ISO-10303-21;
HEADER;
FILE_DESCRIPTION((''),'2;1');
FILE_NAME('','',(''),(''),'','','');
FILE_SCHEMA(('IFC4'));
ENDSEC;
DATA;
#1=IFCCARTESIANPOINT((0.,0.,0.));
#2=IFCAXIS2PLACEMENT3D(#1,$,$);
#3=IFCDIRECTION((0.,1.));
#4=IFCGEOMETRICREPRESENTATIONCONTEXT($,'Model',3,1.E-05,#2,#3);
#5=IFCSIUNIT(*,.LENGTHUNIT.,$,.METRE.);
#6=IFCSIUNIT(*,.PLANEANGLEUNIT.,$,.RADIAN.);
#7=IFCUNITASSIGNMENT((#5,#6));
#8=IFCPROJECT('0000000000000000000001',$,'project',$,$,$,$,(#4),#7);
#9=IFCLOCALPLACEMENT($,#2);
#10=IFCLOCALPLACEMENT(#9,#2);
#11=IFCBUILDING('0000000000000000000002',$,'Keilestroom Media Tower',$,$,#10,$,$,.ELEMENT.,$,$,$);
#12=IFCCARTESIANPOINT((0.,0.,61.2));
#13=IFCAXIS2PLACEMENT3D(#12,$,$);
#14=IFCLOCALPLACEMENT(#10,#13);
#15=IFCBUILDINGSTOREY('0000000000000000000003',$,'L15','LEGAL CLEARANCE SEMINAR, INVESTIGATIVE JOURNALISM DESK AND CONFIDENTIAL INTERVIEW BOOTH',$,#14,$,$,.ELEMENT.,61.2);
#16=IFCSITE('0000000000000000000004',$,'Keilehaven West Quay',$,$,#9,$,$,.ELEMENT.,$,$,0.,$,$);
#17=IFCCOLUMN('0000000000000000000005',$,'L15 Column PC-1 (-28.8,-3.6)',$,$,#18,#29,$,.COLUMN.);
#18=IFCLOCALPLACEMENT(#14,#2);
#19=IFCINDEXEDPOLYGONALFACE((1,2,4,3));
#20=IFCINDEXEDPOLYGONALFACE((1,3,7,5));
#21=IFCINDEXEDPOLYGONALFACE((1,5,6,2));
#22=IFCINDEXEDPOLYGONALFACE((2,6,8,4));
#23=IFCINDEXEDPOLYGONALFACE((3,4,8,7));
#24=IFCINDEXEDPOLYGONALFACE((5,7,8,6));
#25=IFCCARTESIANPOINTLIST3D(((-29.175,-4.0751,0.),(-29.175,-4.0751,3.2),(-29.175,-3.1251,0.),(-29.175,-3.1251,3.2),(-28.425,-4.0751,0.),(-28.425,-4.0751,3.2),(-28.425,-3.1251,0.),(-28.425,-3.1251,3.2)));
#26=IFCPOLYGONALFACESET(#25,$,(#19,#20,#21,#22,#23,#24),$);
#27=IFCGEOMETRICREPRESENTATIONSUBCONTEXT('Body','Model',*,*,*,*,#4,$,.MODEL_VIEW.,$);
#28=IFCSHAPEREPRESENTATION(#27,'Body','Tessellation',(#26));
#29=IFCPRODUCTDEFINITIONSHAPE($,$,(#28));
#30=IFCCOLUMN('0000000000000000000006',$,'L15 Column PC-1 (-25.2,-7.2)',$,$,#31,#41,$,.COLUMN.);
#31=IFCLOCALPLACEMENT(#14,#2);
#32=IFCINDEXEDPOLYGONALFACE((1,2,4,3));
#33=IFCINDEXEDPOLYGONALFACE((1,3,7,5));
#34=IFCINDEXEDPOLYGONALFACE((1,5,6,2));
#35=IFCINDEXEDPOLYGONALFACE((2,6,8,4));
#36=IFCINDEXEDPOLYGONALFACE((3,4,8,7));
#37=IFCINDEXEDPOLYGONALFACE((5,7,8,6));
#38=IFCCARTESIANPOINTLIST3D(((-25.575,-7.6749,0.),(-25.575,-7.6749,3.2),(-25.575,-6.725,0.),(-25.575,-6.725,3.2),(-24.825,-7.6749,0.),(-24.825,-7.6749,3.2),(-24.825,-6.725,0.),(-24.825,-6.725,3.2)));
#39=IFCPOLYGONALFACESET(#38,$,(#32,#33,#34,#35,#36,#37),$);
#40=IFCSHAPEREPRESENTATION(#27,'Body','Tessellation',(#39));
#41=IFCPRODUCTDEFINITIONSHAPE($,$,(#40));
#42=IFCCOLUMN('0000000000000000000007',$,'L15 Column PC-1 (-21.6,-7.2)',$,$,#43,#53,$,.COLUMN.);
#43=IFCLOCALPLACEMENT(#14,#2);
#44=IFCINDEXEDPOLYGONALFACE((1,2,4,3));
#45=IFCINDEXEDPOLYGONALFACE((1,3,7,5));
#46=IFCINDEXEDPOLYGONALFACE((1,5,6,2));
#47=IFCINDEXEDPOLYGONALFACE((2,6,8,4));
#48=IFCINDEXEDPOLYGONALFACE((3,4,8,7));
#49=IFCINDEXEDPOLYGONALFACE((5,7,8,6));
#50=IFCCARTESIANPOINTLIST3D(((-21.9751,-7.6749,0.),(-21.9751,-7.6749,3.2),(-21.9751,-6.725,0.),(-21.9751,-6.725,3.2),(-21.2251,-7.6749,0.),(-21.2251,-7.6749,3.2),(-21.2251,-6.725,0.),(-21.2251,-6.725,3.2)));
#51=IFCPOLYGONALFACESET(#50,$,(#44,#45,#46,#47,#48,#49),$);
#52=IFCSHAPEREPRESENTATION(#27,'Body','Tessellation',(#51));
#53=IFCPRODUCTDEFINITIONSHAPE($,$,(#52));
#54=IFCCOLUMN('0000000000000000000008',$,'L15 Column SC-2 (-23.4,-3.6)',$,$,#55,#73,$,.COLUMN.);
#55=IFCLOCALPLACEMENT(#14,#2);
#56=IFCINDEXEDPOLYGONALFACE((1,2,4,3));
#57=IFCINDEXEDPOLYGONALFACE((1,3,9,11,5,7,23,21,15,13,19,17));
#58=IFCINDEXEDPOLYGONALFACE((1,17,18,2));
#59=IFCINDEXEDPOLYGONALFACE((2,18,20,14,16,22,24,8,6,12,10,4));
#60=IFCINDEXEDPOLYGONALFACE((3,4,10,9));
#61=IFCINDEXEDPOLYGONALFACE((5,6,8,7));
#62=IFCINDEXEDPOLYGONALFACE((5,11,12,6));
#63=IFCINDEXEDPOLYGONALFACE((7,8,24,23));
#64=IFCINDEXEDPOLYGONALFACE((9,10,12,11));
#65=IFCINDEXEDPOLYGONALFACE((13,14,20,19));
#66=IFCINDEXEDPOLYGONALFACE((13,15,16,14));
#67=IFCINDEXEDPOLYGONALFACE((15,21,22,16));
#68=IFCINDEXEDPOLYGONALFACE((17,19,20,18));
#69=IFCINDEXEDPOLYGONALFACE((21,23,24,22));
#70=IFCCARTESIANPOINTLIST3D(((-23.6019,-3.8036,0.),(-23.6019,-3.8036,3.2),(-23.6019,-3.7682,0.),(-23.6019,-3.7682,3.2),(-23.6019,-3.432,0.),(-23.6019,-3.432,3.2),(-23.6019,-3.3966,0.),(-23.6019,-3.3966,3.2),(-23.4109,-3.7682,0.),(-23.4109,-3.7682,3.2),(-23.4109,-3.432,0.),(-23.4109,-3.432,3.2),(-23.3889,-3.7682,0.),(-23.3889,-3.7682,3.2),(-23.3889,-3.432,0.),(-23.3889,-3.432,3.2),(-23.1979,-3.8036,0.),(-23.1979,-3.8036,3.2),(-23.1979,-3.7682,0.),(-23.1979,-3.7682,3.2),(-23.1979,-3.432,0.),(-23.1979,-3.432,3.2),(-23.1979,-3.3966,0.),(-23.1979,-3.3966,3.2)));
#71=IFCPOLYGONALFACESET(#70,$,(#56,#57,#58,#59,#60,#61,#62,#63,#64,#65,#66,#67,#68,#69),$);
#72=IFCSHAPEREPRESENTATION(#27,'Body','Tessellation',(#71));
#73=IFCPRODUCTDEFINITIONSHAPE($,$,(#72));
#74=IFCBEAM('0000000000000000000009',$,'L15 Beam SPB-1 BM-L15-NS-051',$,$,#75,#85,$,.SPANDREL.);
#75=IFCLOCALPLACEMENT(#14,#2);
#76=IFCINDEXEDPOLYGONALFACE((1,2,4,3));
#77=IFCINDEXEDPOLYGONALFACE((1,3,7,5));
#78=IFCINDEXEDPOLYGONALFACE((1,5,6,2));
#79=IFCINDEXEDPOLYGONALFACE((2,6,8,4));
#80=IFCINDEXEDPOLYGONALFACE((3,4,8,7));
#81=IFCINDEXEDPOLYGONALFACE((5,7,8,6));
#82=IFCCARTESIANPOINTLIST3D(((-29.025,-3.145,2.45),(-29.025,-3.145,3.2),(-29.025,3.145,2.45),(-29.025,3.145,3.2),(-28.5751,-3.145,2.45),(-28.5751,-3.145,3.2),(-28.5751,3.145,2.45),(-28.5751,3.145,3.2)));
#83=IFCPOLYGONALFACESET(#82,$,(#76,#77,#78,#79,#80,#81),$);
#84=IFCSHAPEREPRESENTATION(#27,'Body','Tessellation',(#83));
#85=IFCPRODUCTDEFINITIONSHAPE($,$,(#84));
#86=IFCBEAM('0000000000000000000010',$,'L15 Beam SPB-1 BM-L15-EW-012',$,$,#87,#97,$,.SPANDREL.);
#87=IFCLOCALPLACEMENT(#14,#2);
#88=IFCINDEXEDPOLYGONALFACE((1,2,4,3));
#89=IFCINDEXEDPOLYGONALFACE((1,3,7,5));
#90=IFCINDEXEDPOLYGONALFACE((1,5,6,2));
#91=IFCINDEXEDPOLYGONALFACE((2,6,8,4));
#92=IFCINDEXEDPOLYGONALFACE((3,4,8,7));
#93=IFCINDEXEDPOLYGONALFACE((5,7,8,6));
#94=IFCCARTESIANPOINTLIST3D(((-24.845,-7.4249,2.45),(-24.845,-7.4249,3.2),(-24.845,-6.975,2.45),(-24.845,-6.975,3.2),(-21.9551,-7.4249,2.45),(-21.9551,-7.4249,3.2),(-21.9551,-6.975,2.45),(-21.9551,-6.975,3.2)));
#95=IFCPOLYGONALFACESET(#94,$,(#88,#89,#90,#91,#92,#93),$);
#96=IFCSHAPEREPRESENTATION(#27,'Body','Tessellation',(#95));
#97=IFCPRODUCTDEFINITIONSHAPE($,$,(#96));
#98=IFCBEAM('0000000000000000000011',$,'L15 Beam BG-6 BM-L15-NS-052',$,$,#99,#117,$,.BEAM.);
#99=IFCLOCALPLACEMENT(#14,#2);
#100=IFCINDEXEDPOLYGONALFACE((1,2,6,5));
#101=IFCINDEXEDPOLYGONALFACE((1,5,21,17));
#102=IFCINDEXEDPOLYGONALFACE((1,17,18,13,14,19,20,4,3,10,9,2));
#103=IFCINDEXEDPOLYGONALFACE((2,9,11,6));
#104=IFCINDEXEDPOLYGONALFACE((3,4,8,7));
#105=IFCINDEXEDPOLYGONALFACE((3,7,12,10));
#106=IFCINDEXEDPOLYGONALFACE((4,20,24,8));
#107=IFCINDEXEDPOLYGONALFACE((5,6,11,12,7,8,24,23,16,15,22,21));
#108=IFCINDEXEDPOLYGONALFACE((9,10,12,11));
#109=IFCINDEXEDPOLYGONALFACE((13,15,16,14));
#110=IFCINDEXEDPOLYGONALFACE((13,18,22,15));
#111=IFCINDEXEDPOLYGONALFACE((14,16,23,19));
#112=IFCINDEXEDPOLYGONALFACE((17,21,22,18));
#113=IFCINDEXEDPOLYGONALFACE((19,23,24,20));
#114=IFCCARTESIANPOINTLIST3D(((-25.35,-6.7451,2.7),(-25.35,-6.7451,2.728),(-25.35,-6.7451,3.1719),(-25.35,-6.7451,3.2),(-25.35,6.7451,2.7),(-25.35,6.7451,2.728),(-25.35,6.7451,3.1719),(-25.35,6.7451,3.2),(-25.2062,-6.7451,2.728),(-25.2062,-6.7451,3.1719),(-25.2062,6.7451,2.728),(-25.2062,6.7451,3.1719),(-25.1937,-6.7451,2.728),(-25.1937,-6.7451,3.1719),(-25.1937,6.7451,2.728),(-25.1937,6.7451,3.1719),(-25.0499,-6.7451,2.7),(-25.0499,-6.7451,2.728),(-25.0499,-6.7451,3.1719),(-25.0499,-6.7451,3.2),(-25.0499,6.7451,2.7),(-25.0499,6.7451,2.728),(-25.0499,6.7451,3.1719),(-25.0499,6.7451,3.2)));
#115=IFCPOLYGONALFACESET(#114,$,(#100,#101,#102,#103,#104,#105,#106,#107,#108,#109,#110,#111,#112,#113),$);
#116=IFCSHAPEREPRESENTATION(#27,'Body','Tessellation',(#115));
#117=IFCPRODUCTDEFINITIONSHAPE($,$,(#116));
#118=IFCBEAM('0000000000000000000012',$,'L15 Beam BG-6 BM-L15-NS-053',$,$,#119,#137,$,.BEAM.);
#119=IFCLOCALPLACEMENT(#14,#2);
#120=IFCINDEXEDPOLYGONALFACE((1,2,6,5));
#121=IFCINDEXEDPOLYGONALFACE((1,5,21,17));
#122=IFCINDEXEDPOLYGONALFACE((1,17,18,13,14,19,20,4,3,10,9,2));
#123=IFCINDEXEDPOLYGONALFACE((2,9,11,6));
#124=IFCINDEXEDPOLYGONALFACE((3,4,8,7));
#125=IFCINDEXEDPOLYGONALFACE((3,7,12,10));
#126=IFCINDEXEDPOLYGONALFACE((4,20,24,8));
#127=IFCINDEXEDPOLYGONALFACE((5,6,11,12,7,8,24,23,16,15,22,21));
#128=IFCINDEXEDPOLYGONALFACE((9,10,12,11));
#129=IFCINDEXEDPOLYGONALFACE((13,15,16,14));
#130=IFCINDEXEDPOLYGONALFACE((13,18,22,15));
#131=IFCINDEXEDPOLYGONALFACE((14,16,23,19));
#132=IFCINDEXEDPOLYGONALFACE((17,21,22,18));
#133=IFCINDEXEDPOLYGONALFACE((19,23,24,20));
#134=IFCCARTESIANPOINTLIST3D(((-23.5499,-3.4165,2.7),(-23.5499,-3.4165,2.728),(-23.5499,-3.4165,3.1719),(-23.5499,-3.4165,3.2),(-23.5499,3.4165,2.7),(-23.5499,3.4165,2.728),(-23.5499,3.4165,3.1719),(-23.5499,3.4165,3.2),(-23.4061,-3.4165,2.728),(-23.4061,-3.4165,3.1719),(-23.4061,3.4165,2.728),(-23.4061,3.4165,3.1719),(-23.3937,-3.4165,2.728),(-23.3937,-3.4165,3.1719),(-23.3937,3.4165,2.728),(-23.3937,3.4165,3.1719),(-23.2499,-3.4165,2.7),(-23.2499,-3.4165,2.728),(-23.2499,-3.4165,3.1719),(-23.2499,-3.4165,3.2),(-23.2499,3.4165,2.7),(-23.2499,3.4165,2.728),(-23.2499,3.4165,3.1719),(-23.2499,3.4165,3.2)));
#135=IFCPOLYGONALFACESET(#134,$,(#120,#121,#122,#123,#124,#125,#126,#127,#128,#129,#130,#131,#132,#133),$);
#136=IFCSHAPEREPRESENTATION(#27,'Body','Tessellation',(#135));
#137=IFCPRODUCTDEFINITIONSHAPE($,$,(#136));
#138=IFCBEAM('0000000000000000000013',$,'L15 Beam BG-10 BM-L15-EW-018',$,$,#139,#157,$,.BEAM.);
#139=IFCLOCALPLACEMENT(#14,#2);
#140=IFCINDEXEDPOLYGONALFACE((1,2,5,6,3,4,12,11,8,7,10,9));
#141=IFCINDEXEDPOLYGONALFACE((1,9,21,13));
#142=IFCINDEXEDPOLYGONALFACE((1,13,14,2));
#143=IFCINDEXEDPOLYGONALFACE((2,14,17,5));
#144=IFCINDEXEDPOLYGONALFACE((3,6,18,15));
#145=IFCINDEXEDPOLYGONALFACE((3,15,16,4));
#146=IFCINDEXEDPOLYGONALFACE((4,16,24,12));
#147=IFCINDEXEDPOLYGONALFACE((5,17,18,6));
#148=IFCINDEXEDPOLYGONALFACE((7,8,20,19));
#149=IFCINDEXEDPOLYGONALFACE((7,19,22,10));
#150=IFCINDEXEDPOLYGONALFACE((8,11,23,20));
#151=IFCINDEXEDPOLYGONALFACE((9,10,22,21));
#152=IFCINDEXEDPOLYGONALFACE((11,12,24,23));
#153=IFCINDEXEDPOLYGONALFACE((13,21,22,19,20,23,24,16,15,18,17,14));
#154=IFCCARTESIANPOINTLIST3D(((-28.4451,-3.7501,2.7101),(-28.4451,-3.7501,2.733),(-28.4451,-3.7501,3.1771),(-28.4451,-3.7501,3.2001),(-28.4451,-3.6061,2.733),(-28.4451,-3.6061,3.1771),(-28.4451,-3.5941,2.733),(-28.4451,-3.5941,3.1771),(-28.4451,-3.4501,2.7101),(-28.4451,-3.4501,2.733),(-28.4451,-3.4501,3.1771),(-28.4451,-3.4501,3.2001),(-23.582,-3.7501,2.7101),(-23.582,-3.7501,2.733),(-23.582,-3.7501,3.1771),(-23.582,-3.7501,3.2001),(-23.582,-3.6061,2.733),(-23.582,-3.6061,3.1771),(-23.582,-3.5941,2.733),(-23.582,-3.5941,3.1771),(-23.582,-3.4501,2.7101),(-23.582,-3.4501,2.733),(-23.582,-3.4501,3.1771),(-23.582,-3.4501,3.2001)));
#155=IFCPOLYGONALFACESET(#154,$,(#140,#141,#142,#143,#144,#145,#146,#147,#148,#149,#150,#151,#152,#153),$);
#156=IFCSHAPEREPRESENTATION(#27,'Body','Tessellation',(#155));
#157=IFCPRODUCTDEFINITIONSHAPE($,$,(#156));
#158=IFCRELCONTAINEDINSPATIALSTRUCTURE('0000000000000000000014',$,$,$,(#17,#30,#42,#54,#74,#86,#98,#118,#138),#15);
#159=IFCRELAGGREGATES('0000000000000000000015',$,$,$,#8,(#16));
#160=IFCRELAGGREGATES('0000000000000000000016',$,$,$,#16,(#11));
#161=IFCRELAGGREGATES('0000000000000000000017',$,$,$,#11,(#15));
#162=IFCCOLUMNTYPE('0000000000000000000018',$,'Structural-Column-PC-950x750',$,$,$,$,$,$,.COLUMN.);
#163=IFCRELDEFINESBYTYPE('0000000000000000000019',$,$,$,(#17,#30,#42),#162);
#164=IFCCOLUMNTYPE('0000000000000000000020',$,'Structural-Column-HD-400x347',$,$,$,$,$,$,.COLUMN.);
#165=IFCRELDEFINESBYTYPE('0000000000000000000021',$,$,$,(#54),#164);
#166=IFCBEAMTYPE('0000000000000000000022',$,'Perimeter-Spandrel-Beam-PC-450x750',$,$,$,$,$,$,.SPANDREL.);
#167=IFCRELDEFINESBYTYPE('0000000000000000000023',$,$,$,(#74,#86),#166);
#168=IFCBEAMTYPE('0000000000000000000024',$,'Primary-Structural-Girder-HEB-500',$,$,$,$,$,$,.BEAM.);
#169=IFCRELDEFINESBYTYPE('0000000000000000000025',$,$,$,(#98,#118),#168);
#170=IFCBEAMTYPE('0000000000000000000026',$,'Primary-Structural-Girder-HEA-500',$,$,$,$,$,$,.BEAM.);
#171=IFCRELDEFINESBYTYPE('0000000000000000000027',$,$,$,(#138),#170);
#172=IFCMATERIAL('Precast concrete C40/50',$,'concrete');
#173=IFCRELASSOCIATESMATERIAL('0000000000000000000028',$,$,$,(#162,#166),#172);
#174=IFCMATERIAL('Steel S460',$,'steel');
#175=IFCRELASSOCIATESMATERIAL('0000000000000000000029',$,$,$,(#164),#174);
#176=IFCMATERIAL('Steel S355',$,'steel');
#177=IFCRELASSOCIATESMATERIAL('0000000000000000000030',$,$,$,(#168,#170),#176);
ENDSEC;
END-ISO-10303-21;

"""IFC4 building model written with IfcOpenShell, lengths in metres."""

from ifc_helpers import new_model, si_unit, direction, frame, origin, origin_2d, place, context, subcontext, project, spatial, rectangle, i_section, extrude, source, transform, mapped, material, material_profile, profile_set, type_object, element, save


model = new_model("IFC4")

# Units and contexts
model_context = context("Model", 3, precision=1e-05, world=origin(), true_north=direction((0.0, 1.0)))
body_context = subcontext(model_context, "Body", "Model", "MODEL_VIEW")
ifc_project = project(units=[si_unit("LENGTHUNIT", "METRE"), si_unit("PLANEANGLEUNIT", "RADIAN")], contexts=[model_context])

# Site, building, storey
site_placement = place(None, origin())
site = spatial("IfcSite", under=ifc_project, at=site_placement, Name="Keilehaven West Quay", CompositionType="ELEMENT", RefElevation=0.0)
building_placement = place(site_placement, origin())
building = spatial("IfcBuilding", under=site, at=building_placement, Name="Keilestroom Media Tower", CompositionType="ELEMENT")
storey_placement = place(building_placement, frame((0.0, 0.0, 61.2)))
storey = spatial("IfcBuildingStorey", under=building, at=storey_placement, Name="L15", Description="LEGAL CLEARANCE SEMINAR, INVESTIGATIVE JOURNALISM DESK AND CONFIDENTIAL INTERVIEW BOOTH", CompositionType="ELEMENT", Elevation=61.2)

# Columns
ifc_material_1 = material(Name="Precast concrete C40/50", Category="concrete")
ifc_material_profile_1 = material_profile(ifc_material_1, rectangle(XDim=0.75, YDim=0.95, at=origin_2d()), Name="PC 950x750")
ifc_profile_set_1 = profile_set([ifc_material_profile_1], Name="Precast concrete C40/50")
column_type_1 = type_object("IfcColumnType", Name="Structural-Column-PC-950x750", PredefinedType="COLUMN", material=ifc_profile_set_1)
shared_shape_1 = source(origin(), body_context, "Body", "SweptSolid", [
    extrude(rectangle(XDim=0.75, YDim=0.95, at=origin_2d()), origin(), (0.0, 0.0, 1.0), 3.2),
])
for number, where, z_axis, x_axis, name in (
    (1, (-28.8, -3.6001, 0.0), (0.0, 0.0, 1.0), (1.0, 0.0, 0.0), "L15 Column PC-1 (-28.8,-3.6)"),
    (2, (-25.2, -7.2, 0.0), (0.0, 0.0, 1.0), (1.0, 0.0, 0.0), "L15 Column PC-1 (-25.2,-7.2)"),
    (3, (-21.6001, -7.2, 0.0), (0.0, 0.0, 1.0), (1.0, 0.0, 0.0), "L15 Column PC-1 (-21.6,-7.2)"),
):
    element("IfcColumn", number, at=place(storey_placement, frame(where, z_axis=z_axis, x_axis=x_axis)), inside=storey, type_object=column_type_1, Name=name, PredefinedType="COLUMN", context=body_context, shape_type="MappedRepresentation", body=[
        mapped(shared_shape_1, transform((0.0, 0.0, 0.0), x_axis=(1.0, 0.0, 0.0), y_axis=(0.0, 1.0, 0.0), z_axis=(0.0, 0.0, 1.0), scale=1.0)),
    ])
ifc_material_2 = material(Name="Steel S460", Category="steel")
ifc_material_profile_2 = material_profile(ifc_material_2, i_section(OverallWidth=0.4041, OverallDepth=0.407, WebThickness=0.022, FlangeThickness=0.0354, at=origin_2d()), Name="HD 400x347")
ifc_profile_set_2 = profile_set([ifc_material_profile_2], Name="Steel S460")
column_type_2 = type_object("IfcColumnType", Name="Structural-Column-HD-400x347", PredefinedType="COLUMN", material=ifc_profile_set_2)
shared_shape_2 = source(origin(), body_context, "Body", "SweptSolid", [
    extrude(i_section(OverallWidth=0.4041, OverallDepth=0.407, WebThickness=0.022, FlangeThickness=0.0354, at=origin_2d()), origin(), (0.0, 0.0, 1.0), 3.2),
])
column_placement = place(storey_placement, frame((-23.3999, -3.6001, 0.0), z_axis=(0.0, 0.0, 1.0), x_axis=(1.0, 0.0, 0.0)))
element("IfcColumn", 4, at=column_placement, inside=storey, type_object=column_type_2, Name="L15 Column SC-2 (-23.4,-3.6)", PredefinedType="COLUMN", context=body_context, shape_type="MappedRepresentation", body=[
    mapped(shared_shape_2, transform((0.0, 0.0, 0.0), x_axis=(1.0, 0.0, 0.0), y_axis=(0.0, 1.0, 0.0), z_axis=(0.0, 0.0, 1.0), scale=1.0)),
])

# Beams
ifc_material_profile_3 = material_profile(ifc_material_1, rectangle(XDim=0.45, YDim=0.75, at=origin_2d()), Name="PC 450x750")
ifc_profile_set_3 = profile_set([ifc_material_profile_3], Name="Precast concrete C40/50")
beam_type_1 = type_object("IfcBeamType", Name="Perimeter-Spandrel-Beam-PC-450x750", PredefinedType="SPANDREL", material=ifc_profile_set_3)
shared_shape_3 = source(origin(), body_context, "Body", "SweptSolid", [
    extrude(rectangle(XDim=0.45, YDim=0.75, at=origin_2d()), origin(), (0.0, 0.0, 1.0), 6.29),
])
beam_1_placement = place(storey_placement, frame((-28.8, -3.145, 2.825), z_axis=(0.0, 1.0, 0.0), x_axis=(-1.0, 0.0, 0.0)))
element("IfcBeam", 5, at=beam_1_placement, inside=storey, type_object=beam_type_1, Name="L15 Beam SPB-1 BM-L15-NS-051", PredefinedType="SPANDREL", context=body_context, shape_type="MappedRepresentation", body=[
    mapped(shared_shape_3, transform((0.0, 0.0, 0.0), x_axis=(1.0, 0.0, 0.0), y_axis=(0.0, 1.0, 0.0), z_axis=(0.0, 0.0, 1.0), scale=1.0)),
])
shared_shape_4 = source(origin(), body_context, "Body", "SweptSolid", [
    extrude(rectangle(XDim=0.45, YDim=0.75, at=origin_2d()), origin(), (0.0, 0.0, 1.0), 2.8899),
])
beam_2_placement = place(storey_placement, frame((-24.845, -7.2, 2.825), z_axis=(1.0, 0.0, 0.0), x_axis=(0.0, 1.0, 0.0)))
element("IfcBeam", 6, at=beam_2_placement, inside=storey, type_object=beam_type_1, Name="L15 Beam SPB-1 BM-L15-EW-012", PredefinedType="SPANDREL", context=body_context, shape_type="MappedRepresentation", body=[
    mapped(shared_shape_4, transform((0.0, 0.0, 0.0), x_axis=(1.0, 0.0, 0.0), y_axis=(0.0, 1.0, 0.0), z_axis=(0.0, 0.0, 1.0), scale=1.0)),
])
ifc_material_3 = material(Name="Steel S355", Category="steel")
ifc_material_profile_4 = material_profile(ifc_material_3, i_section(OverallWidth=0.3, OverallDepth=0.5, WebThickness=0.0125, FlangeThickness=0.0281, at=origin_2d()), Name="HEB 500")
ifc_profile_set_4 = profile_set([ifc_material_profile_4], Name="Steel S355")
beam_type_2 = type_object("IfcBeamType", Name="Primary-Structural-Girder-HEB-500", PredefinedType="BEAM", material=ifc_profile_set_4)
shared_shape_5 = source(origin(), body_context, "Body", "SweptSolid", [
    extrude(i_section(OverallWidth=0.3, OverallDepth=0.5, WebThickness=0.0125, FlangeThickness=0.0281, at=origin_2d()), origin(), (0.0, 0.0, 1.0), 13.4902),
])
beam_3_placement = place(storey_placement, frame((-25.2, -6.7451, 2.95), z_axis=(0.0, 1.0, 0.0), x_axis=(-1.0, 0.0, 0.0)))
element("IfcBeam", 7, at=beam_3_placement, inside=storey, type_object=beam_type_2, Name="L15 Beam BG-6 BM-L15-NS-052", PredefinedType="BEAM", context=body_context, shape_type="MappedRepresentation", body=[
    mapped(shared_shape_5, transform((0.0, 0.0, 0.0), x_axis=(1.0, 0.0, 0.0), y_axis=(0.0, 1.0, 0.0), z_axis=(0.0, 0.0, 1.0), scale=1.0)),
])
shared_shape_6 = source(origin(), body_context, "Body", "SweptSolid", [
    extrude(i_section(OverallWidth=0.3, OverallDepth=0.5, WebThickness=0.0125, FlangeThickness=0.0281, at=origin_2d()), origin(), (0.0, 0.0, 1.0), 6.833),
])
beam_4_placement = place(storey_placement, frame((-23.3999, -3.4165, 2.95), z_axis=(0.0, 1.0, 0.0), x_axis=(-1.0, 0.0, 0.0)))
element("IfcBeam", 8, at=beam_4_placement, inside=storey, type_object=beam_type_2, Name="L15 Beam BG-6 BM-L15-NS-053", PredefinedType="BEAM", context=body_context, shape_type="MappedRepresentation", body=[
    mapped(shared_shape_6, transform((0.0, 0.0, 0.0), x_axis=(1.0, 0.0, 0.0), y_axis=(0.0, 1.0, 0.0), z_axis=(0.0, 0.0, 1.0), scale=1.0)),
])
ifc_material_profile_5 = material_profile(ifc_material_3, i_section(OverallWidth=0.3, OverallDepth=0.49, WebThickness=0.012, FlangeThickness=0.0229, at=origin_2d()), Name="HEA 500")
ifc_profile_set_5 = profile_set([ifc_material_profile_5], Name="Steel S355")
beam_type_3 = type_object("IfcBeamType", Name="Primary-Structural-Girder-HEA-500", PredefinedType="BEAM", material=ifc_profile_set_5)
shared_shape_7 = source(origin(), body_context, "Body", "SweptSolid", [
    extrude(i_section(OverallWidth=0.3, OverallDepth=0.49, WebThickness=0.012, FlangeThickness=0.0229, at=origin_2d()), origin(), (0.0, 0.0, 1.0), 4.863),
])
beam_5_placement = place(storey_placement, frame((-28.4451, -3.6001, 2.9551), z_axis=(1.0, 0.0, 0.0), x_axis=(0.0, 1.0, 0.0)))
element("IfcBeam", 9, at=beam_5_placement, inside=storey, type_object=beam_type_3, Name="L15 Beam BG-10 BM-L15-EW-018", PredefinedType="BEAM", context=body_context, shape_type="MappedRepresentation", body=[
    mapped(shared_shape_7, transform((0.0, 0.0, 0.0), x_axis=(1.0, 0.0, 0.0), y_axis=(0.0, 1.0, 0.0), z_axis=(0.0, 0.0, 1.0), scale=1.0)),
])

save(model, "model.ifc")
